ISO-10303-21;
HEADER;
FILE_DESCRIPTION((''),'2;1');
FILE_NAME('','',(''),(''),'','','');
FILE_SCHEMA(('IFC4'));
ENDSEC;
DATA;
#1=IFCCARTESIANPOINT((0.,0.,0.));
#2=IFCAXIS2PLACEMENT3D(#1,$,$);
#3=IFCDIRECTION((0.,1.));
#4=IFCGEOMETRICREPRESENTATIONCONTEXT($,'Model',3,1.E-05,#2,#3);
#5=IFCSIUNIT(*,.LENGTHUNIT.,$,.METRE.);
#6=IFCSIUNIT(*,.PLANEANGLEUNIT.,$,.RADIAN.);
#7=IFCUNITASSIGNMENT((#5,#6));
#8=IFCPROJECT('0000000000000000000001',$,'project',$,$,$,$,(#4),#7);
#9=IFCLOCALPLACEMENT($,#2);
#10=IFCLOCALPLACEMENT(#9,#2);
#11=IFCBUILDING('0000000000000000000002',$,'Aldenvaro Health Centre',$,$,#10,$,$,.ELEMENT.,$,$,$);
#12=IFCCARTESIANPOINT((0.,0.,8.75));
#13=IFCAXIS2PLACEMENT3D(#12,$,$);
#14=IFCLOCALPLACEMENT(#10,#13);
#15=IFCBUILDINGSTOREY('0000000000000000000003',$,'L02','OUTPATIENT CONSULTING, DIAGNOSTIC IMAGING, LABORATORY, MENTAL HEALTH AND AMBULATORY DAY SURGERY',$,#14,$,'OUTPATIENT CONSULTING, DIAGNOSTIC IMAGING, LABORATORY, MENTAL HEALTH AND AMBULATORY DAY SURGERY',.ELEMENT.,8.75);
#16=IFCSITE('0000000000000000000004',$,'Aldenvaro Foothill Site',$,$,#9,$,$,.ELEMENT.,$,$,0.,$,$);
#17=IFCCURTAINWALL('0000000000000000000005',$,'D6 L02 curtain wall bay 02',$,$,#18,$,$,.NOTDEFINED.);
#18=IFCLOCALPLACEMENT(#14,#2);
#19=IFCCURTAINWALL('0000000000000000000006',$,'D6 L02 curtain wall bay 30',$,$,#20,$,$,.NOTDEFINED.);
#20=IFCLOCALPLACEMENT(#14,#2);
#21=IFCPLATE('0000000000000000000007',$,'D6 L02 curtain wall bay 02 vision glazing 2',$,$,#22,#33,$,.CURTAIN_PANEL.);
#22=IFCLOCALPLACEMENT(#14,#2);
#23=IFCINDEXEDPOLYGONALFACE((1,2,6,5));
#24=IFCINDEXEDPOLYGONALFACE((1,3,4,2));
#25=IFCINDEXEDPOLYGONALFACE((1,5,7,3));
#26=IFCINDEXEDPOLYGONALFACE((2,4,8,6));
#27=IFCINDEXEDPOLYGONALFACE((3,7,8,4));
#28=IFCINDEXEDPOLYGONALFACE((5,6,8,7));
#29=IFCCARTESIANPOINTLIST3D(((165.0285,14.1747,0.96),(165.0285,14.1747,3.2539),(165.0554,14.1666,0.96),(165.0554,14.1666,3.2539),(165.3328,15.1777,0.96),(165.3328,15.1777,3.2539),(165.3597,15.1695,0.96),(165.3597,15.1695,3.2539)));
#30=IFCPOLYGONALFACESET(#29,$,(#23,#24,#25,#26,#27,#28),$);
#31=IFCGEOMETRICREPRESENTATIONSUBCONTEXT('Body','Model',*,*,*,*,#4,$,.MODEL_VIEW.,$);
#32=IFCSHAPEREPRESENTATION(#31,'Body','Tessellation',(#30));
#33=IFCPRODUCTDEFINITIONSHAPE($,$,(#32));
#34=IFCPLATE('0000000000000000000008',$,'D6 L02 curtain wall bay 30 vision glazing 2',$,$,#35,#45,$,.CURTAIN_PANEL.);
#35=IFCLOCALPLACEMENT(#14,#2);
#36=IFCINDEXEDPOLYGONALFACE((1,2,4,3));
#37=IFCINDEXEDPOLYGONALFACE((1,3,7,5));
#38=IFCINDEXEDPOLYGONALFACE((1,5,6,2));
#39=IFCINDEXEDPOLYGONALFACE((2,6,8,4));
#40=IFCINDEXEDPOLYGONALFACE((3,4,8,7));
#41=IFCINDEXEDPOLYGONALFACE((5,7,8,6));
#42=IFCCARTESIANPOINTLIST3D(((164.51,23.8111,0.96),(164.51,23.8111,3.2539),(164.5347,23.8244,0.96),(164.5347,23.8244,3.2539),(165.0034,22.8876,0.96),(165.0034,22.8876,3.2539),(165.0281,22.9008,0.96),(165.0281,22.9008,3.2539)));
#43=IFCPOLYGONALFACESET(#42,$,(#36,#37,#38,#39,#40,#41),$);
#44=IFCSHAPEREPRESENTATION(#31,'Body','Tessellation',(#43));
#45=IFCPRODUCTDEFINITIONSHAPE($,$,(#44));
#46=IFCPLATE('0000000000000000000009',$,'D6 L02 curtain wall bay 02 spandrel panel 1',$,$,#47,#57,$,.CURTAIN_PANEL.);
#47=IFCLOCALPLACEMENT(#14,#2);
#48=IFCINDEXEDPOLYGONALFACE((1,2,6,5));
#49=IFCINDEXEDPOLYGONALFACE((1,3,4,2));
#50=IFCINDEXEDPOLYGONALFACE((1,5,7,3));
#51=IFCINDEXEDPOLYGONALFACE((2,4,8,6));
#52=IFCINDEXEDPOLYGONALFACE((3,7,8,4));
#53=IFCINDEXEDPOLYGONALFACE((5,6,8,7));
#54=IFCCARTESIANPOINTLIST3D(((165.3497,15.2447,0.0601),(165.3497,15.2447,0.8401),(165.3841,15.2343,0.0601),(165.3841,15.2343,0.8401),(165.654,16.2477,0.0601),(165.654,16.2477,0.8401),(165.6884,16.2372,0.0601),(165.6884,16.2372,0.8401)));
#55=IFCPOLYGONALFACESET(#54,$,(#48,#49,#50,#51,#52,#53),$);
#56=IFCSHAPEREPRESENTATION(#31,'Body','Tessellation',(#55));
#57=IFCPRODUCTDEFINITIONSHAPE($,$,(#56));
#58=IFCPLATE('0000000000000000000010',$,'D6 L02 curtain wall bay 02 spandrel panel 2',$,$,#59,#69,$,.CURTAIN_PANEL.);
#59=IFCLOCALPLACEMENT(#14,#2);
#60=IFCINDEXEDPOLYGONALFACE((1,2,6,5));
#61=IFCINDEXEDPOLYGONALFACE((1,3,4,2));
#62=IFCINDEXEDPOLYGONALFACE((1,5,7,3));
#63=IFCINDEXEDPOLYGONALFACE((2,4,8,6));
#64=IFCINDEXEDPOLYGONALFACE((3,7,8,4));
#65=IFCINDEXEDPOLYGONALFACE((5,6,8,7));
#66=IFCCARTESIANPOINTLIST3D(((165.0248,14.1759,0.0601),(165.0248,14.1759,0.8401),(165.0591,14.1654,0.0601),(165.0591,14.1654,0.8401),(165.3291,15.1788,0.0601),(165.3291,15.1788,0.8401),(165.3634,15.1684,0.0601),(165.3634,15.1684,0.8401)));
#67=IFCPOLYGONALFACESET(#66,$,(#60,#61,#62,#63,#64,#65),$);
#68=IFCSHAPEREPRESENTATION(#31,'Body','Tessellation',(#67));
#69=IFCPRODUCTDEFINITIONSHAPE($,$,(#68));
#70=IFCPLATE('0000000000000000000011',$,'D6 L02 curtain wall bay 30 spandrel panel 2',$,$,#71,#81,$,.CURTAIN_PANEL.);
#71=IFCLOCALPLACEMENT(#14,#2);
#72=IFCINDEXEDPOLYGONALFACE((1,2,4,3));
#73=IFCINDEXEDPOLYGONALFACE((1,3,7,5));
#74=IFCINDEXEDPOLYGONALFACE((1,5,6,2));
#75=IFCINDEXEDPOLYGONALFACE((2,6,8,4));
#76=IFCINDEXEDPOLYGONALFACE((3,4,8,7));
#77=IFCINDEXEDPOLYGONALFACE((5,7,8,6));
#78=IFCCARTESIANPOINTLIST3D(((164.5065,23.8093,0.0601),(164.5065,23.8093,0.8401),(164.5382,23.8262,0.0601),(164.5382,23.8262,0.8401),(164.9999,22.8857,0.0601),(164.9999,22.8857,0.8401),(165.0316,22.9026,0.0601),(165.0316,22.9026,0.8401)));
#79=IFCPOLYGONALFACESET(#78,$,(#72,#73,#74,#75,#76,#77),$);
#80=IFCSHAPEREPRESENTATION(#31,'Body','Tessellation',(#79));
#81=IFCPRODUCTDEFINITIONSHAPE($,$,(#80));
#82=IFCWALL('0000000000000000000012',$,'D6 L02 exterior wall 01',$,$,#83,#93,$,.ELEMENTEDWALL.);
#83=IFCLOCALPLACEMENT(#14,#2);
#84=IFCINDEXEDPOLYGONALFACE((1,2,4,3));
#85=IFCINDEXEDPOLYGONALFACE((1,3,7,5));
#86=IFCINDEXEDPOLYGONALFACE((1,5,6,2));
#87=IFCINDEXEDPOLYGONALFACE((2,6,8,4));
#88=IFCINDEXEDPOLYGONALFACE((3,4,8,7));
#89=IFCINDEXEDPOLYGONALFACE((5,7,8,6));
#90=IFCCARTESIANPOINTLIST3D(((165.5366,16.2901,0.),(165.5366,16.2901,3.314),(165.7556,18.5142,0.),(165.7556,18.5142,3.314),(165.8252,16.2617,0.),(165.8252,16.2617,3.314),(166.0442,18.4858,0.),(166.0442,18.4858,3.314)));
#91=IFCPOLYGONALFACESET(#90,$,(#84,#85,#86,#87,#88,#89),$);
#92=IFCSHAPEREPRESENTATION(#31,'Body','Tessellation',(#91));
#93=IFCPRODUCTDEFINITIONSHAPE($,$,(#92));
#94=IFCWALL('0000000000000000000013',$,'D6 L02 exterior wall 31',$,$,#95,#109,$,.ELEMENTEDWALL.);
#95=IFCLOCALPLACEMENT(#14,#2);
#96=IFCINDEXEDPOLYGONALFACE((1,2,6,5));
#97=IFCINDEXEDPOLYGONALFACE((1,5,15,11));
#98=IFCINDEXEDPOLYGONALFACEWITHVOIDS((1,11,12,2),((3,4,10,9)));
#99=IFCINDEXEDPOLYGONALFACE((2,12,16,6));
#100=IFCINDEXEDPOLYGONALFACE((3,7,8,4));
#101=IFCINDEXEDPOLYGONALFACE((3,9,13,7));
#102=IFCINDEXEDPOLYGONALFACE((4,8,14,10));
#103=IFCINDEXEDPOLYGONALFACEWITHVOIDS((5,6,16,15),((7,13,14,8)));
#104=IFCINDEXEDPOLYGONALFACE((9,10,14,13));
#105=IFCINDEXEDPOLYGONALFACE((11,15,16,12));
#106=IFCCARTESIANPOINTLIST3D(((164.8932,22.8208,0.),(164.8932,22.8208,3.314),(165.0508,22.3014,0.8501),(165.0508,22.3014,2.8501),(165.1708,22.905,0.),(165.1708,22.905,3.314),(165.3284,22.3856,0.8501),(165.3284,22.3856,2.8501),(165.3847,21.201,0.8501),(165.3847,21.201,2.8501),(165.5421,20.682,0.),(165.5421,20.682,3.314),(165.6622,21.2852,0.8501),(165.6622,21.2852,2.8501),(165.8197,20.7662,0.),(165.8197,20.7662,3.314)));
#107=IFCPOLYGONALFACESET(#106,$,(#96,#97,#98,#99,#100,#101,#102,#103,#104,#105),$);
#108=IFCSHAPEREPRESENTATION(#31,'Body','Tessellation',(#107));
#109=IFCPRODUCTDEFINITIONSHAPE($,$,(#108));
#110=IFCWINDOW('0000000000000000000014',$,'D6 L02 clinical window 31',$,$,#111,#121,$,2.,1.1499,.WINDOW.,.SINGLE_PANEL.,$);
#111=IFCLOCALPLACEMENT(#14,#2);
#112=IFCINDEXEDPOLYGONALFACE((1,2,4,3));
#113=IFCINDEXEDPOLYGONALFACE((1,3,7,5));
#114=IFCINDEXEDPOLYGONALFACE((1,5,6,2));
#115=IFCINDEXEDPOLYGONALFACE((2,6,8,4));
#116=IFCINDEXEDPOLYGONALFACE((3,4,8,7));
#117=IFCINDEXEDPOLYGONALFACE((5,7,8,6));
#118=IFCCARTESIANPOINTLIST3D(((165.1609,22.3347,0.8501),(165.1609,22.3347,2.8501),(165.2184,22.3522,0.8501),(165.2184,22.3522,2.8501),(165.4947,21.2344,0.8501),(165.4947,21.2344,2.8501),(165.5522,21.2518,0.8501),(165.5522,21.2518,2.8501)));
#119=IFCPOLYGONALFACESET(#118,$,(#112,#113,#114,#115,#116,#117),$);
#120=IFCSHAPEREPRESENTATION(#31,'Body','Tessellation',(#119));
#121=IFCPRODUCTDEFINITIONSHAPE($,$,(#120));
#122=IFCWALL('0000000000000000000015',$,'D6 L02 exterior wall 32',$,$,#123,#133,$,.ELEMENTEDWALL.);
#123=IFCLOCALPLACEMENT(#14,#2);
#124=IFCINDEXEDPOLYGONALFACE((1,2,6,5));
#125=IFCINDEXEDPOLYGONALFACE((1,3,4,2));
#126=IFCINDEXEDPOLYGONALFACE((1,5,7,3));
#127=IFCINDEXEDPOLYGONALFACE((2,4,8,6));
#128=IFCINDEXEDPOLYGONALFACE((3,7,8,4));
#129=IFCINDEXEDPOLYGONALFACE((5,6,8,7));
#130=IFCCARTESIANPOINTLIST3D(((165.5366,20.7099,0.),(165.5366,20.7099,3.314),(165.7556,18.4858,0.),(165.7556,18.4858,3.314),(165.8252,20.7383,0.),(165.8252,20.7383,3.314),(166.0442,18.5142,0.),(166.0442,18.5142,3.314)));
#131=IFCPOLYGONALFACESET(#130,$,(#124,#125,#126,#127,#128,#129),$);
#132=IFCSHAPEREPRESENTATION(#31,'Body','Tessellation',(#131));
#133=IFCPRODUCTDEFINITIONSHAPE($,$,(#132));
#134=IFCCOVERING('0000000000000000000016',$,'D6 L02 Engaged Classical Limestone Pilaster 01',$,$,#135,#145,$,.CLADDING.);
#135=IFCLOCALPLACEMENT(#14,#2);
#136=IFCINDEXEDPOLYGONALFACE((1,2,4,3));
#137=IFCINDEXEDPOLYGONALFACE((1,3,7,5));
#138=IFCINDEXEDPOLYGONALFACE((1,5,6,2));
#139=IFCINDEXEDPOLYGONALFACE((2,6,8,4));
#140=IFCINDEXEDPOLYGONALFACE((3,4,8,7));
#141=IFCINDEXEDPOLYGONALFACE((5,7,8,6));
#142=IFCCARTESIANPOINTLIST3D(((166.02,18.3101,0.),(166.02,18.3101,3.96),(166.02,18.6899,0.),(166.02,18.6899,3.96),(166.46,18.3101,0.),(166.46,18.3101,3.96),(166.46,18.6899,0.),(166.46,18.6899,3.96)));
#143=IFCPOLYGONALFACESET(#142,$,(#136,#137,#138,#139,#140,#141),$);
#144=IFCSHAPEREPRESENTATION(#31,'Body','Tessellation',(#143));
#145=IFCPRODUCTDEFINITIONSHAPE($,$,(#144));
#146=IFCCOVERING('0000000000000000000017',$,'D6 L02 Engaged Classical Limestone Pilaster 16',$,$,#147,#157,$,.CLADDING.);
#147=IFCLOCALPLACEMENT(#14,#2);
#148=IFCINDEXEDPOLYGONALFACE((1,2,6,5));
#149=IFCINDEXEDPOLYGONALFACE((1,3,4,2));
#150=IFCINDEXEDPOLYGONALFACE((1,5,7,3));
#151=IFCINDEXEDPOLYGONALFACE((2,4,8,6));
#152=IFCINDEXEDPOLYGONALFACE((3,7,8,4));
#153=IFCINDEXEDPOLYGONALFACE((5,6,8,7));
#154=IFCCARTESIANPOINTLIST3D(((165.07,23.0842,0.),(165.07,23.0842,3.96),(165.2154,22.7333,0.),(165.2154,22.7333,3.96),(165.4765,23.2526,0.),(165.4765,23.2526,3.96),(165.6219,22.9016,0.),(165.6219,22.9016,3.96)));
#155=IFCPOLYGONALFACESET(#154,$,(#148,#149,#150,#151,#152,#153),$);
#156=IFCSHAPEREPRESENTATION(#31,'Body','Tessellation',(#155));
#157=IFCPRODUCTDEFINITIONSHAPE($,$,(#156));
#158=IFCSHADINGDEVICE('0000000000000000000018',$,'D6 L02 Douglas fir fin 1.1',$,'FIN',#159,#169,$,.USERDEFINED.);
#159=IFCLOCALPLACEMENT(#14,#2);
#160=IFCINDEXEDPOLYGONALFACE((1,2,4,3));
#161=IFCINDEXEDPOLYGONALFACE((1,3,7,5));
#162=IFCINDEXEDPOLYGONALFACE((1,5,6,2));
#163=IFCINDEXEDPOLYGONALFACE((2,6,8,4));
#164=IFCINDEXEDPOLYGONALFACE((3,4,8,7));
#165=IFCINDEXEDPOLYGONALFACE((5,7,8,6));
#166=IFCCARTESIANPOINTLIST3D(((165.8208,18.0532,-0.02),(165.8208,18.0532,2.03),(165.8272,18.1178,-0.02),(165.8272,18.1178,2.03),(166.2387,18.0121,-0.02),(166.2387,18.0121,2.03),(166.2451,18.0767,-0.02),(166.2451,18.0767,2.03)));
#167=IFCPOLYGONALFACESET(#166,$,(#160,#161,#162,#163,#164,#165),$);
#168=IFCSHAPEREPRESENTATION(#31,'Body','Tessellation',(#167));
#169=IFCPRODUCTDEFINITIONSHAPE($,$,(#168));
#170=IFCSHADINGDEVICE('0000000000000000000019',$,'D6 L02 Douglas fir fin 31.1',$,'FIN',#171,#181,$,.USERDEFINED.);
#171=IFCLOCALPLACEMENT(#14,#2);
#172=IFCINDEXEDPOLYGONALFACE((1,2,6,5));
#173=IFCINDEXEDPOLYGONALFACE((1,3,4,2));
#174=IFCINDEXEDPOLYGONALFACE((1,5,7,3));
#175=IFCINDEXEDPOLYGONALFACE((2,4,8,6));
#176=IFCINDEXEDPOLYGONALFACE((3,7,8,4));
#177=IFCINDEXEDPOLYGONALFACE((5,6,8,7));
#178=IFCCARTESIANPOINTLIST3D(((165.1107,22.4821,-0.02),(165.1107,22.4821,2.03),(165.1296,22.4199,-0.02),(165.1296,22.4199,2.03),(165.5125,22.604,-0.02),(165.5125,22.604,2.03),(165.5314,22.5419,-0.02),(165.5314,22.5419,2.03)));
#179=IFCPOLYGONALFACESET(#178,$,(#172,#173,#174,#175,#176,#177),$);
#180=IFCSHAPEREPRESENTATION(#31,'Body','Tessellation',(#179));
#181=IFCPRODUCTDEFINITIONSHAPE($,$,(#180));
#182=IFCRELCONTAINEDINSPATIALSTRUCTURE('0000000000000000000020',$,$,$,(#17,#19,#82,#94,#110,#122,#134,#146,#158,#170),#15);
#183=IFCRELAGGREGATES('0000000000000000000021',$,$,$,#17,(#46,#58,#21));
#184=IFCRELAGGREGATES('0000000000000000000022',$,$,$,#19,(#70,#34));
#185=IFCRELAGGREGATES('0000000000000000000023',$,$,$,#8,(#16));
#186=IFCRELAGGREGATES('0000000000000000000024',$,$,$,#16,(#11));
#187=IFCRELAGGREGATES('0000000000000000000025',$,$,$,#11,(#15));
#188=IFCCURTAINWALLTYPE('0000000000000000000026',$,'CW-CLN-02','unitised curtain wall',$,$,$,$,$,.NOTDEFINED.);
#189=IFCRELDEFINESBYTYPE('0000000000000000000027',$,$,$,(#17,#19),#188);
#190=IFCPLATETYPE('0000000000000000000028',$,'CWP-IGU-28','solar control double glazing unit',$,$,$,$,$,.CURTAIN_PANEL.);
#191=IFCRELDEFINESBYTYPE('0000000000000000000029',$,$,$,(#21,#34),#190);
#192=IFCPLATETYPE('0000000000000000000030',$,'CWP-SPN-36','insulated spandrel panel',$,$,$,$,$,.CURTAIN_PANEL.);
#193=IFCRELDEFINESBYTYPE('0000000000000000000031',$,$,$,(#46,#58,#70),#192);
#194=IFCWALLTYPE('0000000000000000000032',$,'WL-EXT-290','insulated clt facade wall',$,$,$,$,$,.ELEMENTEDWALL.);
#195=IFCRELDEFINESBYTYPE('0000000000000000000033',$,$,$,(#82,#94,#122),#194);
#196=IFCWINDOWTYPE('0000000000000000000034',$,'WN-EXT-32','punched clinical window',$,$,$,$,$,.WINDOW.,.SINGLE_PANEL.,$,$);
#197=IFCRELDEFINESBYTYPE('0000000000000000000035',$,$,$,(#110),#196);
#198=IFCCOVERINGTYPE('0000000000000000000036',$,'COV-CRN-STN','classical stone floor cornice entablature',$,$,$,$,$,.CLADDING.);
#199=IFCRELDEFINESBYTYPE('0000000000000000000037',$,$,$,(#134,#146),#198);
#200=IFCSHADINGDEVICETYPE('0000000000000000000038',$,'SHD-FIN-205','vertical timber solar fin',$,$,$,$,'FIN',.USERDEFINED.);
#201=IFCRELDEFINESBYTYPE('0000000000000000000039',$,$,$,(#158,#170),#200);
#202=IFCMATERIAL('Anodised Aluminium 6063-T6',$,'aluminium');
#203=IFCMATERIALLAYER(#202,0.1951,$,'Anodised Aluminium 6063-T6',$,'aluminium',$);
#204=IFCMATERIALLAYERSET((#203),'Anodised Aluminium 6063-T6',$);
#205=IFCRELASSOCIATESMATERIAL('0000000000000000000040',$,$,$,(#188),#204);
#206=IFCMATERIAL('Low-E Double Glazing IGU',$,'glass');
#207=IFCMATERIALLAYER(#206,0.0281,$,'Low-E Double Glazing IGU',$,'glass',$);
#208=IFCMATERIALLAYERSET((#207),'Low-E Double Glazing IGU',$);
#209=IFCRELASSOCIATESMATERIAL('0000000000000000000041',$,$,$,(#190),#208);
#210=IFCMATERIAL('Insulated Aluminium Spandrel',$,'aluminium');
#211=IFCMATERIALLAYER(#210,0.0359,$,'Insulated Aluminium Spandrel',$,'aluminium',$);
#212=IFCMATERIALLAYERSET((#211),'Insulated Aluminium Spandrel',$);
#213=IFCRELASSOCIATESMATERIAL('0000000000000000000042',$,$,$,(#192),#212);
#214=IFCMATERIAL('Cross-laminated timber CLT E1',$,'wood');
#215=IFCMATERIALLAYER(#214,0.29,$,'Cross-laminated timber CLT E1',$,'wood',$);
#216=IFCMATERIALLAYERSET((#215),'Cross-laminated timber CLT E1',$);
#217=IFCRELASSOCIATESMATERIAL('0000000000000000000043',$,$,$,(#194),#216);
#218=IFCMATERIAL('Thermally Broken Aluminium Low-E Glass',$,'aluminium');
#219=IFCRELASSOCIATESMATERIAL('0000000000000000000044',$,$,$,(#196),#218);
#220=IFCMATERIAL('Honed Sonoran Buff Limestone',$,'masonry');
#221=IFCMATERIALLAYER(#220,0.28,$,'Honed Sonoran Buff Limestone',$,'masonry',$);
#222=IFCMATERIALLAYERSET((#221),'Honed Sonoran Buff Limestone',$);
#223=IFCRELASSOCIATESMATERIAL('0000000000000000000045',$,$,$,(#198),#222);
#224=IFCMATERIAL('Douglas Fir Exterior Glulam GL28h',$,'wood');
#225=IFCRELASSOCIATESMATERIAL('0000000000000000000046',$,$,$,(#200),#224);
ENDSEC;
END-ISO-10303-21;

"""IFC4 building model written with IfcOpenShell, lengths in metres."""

from ifc_helpers import new_model, si_unit, direction, frame, frame_2d, origin, origin_2d, place, context, subcontext, project, spatial, rectangle, extrude, material, layer, layer_set, type_object, element, fill, aggregate, save


model = new_model("IFC4")

# Units and contexts
model_context = context("Model", 3, precision=1e-05, world=origin(), true_north=direction((0.0, 1.0)))
body_context = subcontext(model_context, "Body", "Model", "MODEL_VIEW")
ifc_project = project(units=[si_unit("LENGTHUNIT", "METRE"), si_unit("PLANEANGLEUNIT", "RADIAN")], contexts=[model_context])

# Site, building, storey
site_placement = place(None, origin())
site = spatial("IfcSite", under=ifc_project, at=site_placement, Name="Aldenvaro Foothill Site", CompositionType="ELEMENT", RefElevation=0.0)
building_placement = place(site_placement, origin())
building = spatial("IfcBuilding", under=site, at=building_placement, Name="Aldenvaro Health Centre", CompositionType="ELEMENT")
storey_placement = place(building_placement, frame((0.0, 0.0, 8.75)))
storey = spatial("IfcBuildingStorey", under=building, at=storey_placement, Name="L02", Description="OUTPATIENT CONSULTING, DIAGNOSTIC IMAGING, LABORATORY, MENTAL HEALTH AND AMBULATORY DAY SURGERY", LongName="OUTPATIENT CONSULTING, DIAGNOSTIC IMAGING, LABORATORY, MENTAL HEALTH AND AMBULATORY DAY SURGERY", CompositionType="ELEMENT", Elevation=8.75)

# Curtain wall
ifc_material_1 = material(Name="Anodised Aluminium 6063-T6", Category="aluminium")
ifc_layer_1 = layer(ifc_material_1, 0.1951, Name="Anodised Aluminium 6063-T6", Category="aluminium")
ifc_layer_set_1 = layer_set([ifc_layer_1], Name="Anodised Aluminium 6063-T6")
curtain_wall_type = type_object("IfcCurtainWallType", Name="CW-CLN-02", Description="unitised curtain wall", PredefinedType="NOTDEFINED", material=ifc_layer_set_1)
curtain_wall_1_placement = place(storey_placement, origin())
curtain_wall_1 = element("IfcCurtainWall", 1, at=curtain_wall_1_placement, inside=storey, type_object=curtain_wall_type, Name="D6 L02 curtain wall bay 02", PredefinedType="NOTDEFINED")

# Curtain wall
curtain_wall_2_placement = place(storey_placement, origin())
curtain_wall_2 = element("IfcCurtainWall", 2, at=curtain_wall_2_placement, inside=storey, type_object=curtain_wall_type, Name="D6 L02 curtain wall bay 30", PredefinedType="NOTDEFINED")

# Plates
ifc_material_2 = material(Name="Low-E Double Glazing IGU", Category="glass")
ifc_layer_2 = layer(ifc_material_2, 0.0281, Name="Low-E Double Glazing IGU", Category="glass")
ifc_layer_set_2 = layer_set([ifc_layer_2], Name="Low-E Double Glazing IGU")
plate_type_1 = type_object("IfcPlateType", Name="CWP-IGU-28", Description="solar control double glazing unit", PredefinedType="CURTAIN_PANEL", material=ifc_layer_set_2)
plate_1_placement = place(storey_placement, frame((165.1941, 14.6721, 0.96), z_axis=(0.0, 0.0, 1.0), x_axis=(-0.290343, -0.956923, 0.0)))
plate_1 = element("IfcPlate", 3, at=plate_1_placement, type_object=plate_type_1, Name="D6 L02 curtain wall bay 02 vision glazing 2", PredefinedType="CURTAIN_PANEL", context=body_context, shape_type="SweptSolid", body=[
    extrude(rectangle(XDim=1.0481, YDim=0.0281, at=origin_2d()), origin(), (0.0, 0.0, 1.0), 2.2939),
])
plate_2_placement = place(storey_placement, frame((164.769, 23.356, 0.96), z_axis=(0.0, 0.0, 1.0), x_axis=(0.471215, -0.882018, 0.0)))
plate_2 = element("IfcPlate", 4, at=plate_2_placement, type_object=plate_type_1, Name="D6 L02 curtain wall bay 30 vision glazing 2", PredefinedType="CURTAIN_PANEL", context=body_context, shape_type="SweptSolid", body=[
    extrude(rectangle(XDim=1.0471, YDim=0.0281, at=origin_2d()), origin(), (0.0, 0.0, 1.0), 2.2939),
])
ifc_material_3 = material(Name="Insulated Aluminium Spandrel", Category="aluminium")
ifc_layer_3 = layer(ifc_material_3, 0.0359, Name="Insulated Aluminium Spandrel", Category="aluminium")
ifc_layer_set_3 = layer_set([ifc_layer_3], Name="Insulated Aluminium Spandrel")
plate_type_2 = type_object("IfcPlateType", Name="CWP-SPN-36", Description="insulated spandrel panel", PredefinedType="CURTAIN_PANEL", material=ifc_layer_set_3)
plate_3_placement = place(storey_placement, frame((165.519, 15.741, 0.0601), z_axis=(0.0, 0.0, 1.0), x_axis=(-0.290343, -0.956923, 0.0)))
plate_3 = element("IfcPlate", 5, at=plate_3_placement, type_object=plate_type_2, Name="D6 L02 curtain wall bay 02 spandrel panel 1", PredefinedType="CURTAIN_PANEL", context=body_context, shape_type="SweptSolid", body=[
    extrude(rectangle(XDim=1.0481, YDim=0.0359, at=origin_2d()), origin(), (0.0, 0.0, 1.0), 0.78),
])
plate_4_placement = place(storey_placement, frame((165.1941, 14.6721, 0.0601), z_axis=(0.0, 0.0, 1.0), x_axis=(-0.290343, -0.956923, 0.0)))
plate_4 = element("IfcPlate", 6, at=plate_4_placement, type_object=plate_type_2, Name="D6 L02 curtain wall bay 02 spandrel panel 2", PredefinedType="CURTAIN_PANEL", context=body_context, shape_type="SweptSolid", body=[
    extrude(rectangle(XDim=1.0481, YDim=0.0359, at=origin_2d()), origin(), (0.0, 0.0, 1.0), 0.78),
])
aggregate(curtain_wall_1, [plate_3, plate_4, plate_1])
plate_5_placement = place(storey_placement, frame((164.769, 23.356, 0.0601), z_axis=(0.0, 0.0, 1.0), x_axis=(0.471215, -0.882018, 0.0)))
plate_5 = element("IfcPlate", 7, at=plate_5_placement, type_object=plate_type_2, Name="D6 L02 curtain wall bay 30 spandrel panel 2", PredefinedType="CURTAIN_PANEL", context=body_context, shape_type="SweptSolid", body=[
    extrude(rectangle(XDim=1.0471, YDim=0.0359, at=origin_2d()), origin(), (0.0, 0.0, 1.0), 0.78),
])
aggregate(curtain_wall_2, [plate_5, plate_2])

# Wall
ifc_material_4 = material(Name="Cross-laminated timber CLT E1", Category="wood")
ifc_layer_4 = layer(ifc_material_4, 0.29, Name="Cross-laminated timber CLT E1", Category="wood")
ifc_layer_set_4 = layer_set([ifc_layer_4], Name="Cross-laminated timber CLT E1")
wall_type = type_object("IfcWallType", Name="WL-EXT-290", Description="insulated clt facade wall", PredefinedType="ELEMENTEDWALL", material=ifc_layer_set_4)
wall_1_placement = place(storey_placement, frame((165.8999, 18.5, 0.0), z_axis=(0.0, 0.0, 1.0), x_axis=(-0.097989, -0.995187, 0.0)))
element("IfcWall", 8, at=wall_1_placement, inside=storey, type_object=wall_type, Name="D6 L02 exterior wall 01", PredefinedType="ELEMENTEDWALL", context=body_context, shape_type="SweptSolid", body=[
    extrude(rectangle(XDim=2.2349, YDim=0.29, at=frame_2d((1.1174, 0.0))), origin(), (0.0, 0.0, 1.0), 3.314),
])

# Wall, opening, window
wall_2_placement = place(storey_placement, frame((165.032, 22.863, 0.0), z_axis=(0.0, 0.0, 1.0), x_axis=(0.290323, -0.956929, 0.0)))
wall_2 = element("IfcWall", 9, at=wall_2_placement, inside=storey, type_object=wall_type, Name="D6 L02 exterior wall 31", PredefinedType="ELEMENTEDWALL", context=body_context, shape_type="SweptSolid", body=[
    extrude(rectangle(XDim=2.2351, YDim=0.29, at=frame_2d((1.1177, 0.0))), origin(), (0.0, 0.0, 1.0), 3.314),
])
opening_placement = place(wall_2_placement, frame((0.543, 0.0, 0.8501)))
opening = element("IfcOpeningElement", 10, at=opening_placement, cuts=wall_2, PredefinedType="OPENING", context=body_context, shape_type="SweptSolid", body=[
    extrude(rectangle(XDim=1.1499, YDim=2.0, at=frame_2d((0.575, 1.0))), frame((0.0, 0.155, 0.0), z_axis=(0.0, -1.0, 0.0), x_axis=(1.0, 0.0, 0.0)), (0.0, 0.0, 1.0), 0.3101),
])
ifc_material_5 = material(Name="Thermally Broken Aluminium Low-E Glass", Category="aluminium")
window_type = type_object("IfcWindowType", Name="WN-EXT-32", Description="punched clinical window", PartitioningType="SINGLE_PANEL", PredefinedType="WINDOW", material=ifc_material_5)
window_placement = place(opening_placement, origin())
window = element("IfcWindow", 11, at=window_placement, inside=storey, type_object=window_type, Name="D6 L02 clinical window 31", OverallHeight=2.0, OverallWidth=1.1499, PartitioningType="SINGLE_PANEL", PredefinedType="WINDOW", context=body_context, shape_type="SweptSolid", body=[
    extrude(rectangle(XDim=1.1499, YDim=2.0, at=frame_2d((0.575, 1.0))), frame((0.0, 0.03, 0.0), z_axis=(0.0, -1.0, 0.0), x_axis=(1.0, 0.0, 0.0)), (0.0, 0.0, 1.0), 0.0601),
])
fill(opening, window)

# Wall
wall_3_placement = place(storey_placement, frame((165.6809, 20.7241, 0.0), z_axis=(0.0, 0.0, 1.0), x_axis=(0.097989, -0.995187, 0.0)))
element("IfcWall", 12, at=wall_3_placement, inside=storey, type_object=wall_type, Name="D6 L02 exterior wall 32", PredefinedType="ELEMENTEDWALL", context=body_context, shape_type="SweptSolid", body=[
    extrude(rectangle(XDim=2.2349, YDim=0.29, at=frame_2d((1.1174, 0.0))), origin(), (0.0, 0.0, 1.0), 3.314),
])

# Coverings
ifc_material_6 = material(Name="Honed Sonoran Buff Limestone", Category="masonry")
ifc_layer_5 = layer(ifc_material_6, 0.28, Name="Honed Sonoran Buff Limestone", Category="masonry")
ifc_layer_set_5 = layer_set([ifc_layer_5], Name="Honed Sonoran Buff Limestone")
covering_type = type_object("IfcCoveringType", Name="COV-CRN-STN", Description="classical stone floor cornice entablature", PredefinedType="CLADDING", material=ifc_layer_set_5)
for number, where, z_axis, x_axis, name in (
    (13, (166.24, 18.5, 0.0), (0.0, 0.0, 1.0), (1.0, 0.0, 0.0), "D6 L02 Engaged Classical Limestone Pilaster 01"),
    (14, (165.3459, 22.9929, 0.0), (0.0, 0.0, 1.0), (0.923864, 0.382721, 0.0), "D6 L02 Engaged Classical Limestone Pilaster 16"),
):
    element("IfcCovering", number, at=place(storey_placement, frame(where, z_axis=z_axis, x_axis=x_axis)), inside=storey, type_object=covering_type, Name=name, PredefinedType="CLADDING", context=body_context, shape_type="SweptSolid", body=[
        extrude(rectangle(XDim=0.4399, YDim=0.3799, at=origin_2d()), origin(), (0.0, 0.0, 1.0), 3.96),
    ])

# Shading devices
ifc_material_7 = material(Name="Douglas Fir Exterior Glulam GL28h", Category="wood")
shading_device_type_1 = type_object("IfcShadingDeviceType", Name="SHD-FIN-205", Description="vertical timber solar fin", ElementType="FIN", PredefinedType="USERDEFINED", material=ifc_material_7)
for number, where, z_axis, x_axis, name in (
    (15, (166.033, 18.0649, -0.02), (0.0, 0.0, 1.0), (-0.097997, -0.995187, 0.0), "D6 L02 Douglas fir fin 1.1"),
    (16, (165.321, 22.512, -0.02), (0.0, 0.0, 1.0), (0.290343, -0.956923, 0.0), "D6 L02 Douglas fir fin 31.1"),
):
    element("IfcShadingDevice", number, at=place(storey_placement, frame(where, z_axis=z_axis, x_axis=x_axis)), inside=storey, type_object=shading_device_type_1, Name=name, ObjectType="FIN", PredefinedType="USERDEFINED", context=body_context, shape_type="SweptSolid", body=[
        extrude(rectangle(XDim=0.0649, YDim=0.4199, at=origin_2d()), origin(), (0.0, 0.0, 1.0), 2.05),
    ])

save(model, "model.ifc")
